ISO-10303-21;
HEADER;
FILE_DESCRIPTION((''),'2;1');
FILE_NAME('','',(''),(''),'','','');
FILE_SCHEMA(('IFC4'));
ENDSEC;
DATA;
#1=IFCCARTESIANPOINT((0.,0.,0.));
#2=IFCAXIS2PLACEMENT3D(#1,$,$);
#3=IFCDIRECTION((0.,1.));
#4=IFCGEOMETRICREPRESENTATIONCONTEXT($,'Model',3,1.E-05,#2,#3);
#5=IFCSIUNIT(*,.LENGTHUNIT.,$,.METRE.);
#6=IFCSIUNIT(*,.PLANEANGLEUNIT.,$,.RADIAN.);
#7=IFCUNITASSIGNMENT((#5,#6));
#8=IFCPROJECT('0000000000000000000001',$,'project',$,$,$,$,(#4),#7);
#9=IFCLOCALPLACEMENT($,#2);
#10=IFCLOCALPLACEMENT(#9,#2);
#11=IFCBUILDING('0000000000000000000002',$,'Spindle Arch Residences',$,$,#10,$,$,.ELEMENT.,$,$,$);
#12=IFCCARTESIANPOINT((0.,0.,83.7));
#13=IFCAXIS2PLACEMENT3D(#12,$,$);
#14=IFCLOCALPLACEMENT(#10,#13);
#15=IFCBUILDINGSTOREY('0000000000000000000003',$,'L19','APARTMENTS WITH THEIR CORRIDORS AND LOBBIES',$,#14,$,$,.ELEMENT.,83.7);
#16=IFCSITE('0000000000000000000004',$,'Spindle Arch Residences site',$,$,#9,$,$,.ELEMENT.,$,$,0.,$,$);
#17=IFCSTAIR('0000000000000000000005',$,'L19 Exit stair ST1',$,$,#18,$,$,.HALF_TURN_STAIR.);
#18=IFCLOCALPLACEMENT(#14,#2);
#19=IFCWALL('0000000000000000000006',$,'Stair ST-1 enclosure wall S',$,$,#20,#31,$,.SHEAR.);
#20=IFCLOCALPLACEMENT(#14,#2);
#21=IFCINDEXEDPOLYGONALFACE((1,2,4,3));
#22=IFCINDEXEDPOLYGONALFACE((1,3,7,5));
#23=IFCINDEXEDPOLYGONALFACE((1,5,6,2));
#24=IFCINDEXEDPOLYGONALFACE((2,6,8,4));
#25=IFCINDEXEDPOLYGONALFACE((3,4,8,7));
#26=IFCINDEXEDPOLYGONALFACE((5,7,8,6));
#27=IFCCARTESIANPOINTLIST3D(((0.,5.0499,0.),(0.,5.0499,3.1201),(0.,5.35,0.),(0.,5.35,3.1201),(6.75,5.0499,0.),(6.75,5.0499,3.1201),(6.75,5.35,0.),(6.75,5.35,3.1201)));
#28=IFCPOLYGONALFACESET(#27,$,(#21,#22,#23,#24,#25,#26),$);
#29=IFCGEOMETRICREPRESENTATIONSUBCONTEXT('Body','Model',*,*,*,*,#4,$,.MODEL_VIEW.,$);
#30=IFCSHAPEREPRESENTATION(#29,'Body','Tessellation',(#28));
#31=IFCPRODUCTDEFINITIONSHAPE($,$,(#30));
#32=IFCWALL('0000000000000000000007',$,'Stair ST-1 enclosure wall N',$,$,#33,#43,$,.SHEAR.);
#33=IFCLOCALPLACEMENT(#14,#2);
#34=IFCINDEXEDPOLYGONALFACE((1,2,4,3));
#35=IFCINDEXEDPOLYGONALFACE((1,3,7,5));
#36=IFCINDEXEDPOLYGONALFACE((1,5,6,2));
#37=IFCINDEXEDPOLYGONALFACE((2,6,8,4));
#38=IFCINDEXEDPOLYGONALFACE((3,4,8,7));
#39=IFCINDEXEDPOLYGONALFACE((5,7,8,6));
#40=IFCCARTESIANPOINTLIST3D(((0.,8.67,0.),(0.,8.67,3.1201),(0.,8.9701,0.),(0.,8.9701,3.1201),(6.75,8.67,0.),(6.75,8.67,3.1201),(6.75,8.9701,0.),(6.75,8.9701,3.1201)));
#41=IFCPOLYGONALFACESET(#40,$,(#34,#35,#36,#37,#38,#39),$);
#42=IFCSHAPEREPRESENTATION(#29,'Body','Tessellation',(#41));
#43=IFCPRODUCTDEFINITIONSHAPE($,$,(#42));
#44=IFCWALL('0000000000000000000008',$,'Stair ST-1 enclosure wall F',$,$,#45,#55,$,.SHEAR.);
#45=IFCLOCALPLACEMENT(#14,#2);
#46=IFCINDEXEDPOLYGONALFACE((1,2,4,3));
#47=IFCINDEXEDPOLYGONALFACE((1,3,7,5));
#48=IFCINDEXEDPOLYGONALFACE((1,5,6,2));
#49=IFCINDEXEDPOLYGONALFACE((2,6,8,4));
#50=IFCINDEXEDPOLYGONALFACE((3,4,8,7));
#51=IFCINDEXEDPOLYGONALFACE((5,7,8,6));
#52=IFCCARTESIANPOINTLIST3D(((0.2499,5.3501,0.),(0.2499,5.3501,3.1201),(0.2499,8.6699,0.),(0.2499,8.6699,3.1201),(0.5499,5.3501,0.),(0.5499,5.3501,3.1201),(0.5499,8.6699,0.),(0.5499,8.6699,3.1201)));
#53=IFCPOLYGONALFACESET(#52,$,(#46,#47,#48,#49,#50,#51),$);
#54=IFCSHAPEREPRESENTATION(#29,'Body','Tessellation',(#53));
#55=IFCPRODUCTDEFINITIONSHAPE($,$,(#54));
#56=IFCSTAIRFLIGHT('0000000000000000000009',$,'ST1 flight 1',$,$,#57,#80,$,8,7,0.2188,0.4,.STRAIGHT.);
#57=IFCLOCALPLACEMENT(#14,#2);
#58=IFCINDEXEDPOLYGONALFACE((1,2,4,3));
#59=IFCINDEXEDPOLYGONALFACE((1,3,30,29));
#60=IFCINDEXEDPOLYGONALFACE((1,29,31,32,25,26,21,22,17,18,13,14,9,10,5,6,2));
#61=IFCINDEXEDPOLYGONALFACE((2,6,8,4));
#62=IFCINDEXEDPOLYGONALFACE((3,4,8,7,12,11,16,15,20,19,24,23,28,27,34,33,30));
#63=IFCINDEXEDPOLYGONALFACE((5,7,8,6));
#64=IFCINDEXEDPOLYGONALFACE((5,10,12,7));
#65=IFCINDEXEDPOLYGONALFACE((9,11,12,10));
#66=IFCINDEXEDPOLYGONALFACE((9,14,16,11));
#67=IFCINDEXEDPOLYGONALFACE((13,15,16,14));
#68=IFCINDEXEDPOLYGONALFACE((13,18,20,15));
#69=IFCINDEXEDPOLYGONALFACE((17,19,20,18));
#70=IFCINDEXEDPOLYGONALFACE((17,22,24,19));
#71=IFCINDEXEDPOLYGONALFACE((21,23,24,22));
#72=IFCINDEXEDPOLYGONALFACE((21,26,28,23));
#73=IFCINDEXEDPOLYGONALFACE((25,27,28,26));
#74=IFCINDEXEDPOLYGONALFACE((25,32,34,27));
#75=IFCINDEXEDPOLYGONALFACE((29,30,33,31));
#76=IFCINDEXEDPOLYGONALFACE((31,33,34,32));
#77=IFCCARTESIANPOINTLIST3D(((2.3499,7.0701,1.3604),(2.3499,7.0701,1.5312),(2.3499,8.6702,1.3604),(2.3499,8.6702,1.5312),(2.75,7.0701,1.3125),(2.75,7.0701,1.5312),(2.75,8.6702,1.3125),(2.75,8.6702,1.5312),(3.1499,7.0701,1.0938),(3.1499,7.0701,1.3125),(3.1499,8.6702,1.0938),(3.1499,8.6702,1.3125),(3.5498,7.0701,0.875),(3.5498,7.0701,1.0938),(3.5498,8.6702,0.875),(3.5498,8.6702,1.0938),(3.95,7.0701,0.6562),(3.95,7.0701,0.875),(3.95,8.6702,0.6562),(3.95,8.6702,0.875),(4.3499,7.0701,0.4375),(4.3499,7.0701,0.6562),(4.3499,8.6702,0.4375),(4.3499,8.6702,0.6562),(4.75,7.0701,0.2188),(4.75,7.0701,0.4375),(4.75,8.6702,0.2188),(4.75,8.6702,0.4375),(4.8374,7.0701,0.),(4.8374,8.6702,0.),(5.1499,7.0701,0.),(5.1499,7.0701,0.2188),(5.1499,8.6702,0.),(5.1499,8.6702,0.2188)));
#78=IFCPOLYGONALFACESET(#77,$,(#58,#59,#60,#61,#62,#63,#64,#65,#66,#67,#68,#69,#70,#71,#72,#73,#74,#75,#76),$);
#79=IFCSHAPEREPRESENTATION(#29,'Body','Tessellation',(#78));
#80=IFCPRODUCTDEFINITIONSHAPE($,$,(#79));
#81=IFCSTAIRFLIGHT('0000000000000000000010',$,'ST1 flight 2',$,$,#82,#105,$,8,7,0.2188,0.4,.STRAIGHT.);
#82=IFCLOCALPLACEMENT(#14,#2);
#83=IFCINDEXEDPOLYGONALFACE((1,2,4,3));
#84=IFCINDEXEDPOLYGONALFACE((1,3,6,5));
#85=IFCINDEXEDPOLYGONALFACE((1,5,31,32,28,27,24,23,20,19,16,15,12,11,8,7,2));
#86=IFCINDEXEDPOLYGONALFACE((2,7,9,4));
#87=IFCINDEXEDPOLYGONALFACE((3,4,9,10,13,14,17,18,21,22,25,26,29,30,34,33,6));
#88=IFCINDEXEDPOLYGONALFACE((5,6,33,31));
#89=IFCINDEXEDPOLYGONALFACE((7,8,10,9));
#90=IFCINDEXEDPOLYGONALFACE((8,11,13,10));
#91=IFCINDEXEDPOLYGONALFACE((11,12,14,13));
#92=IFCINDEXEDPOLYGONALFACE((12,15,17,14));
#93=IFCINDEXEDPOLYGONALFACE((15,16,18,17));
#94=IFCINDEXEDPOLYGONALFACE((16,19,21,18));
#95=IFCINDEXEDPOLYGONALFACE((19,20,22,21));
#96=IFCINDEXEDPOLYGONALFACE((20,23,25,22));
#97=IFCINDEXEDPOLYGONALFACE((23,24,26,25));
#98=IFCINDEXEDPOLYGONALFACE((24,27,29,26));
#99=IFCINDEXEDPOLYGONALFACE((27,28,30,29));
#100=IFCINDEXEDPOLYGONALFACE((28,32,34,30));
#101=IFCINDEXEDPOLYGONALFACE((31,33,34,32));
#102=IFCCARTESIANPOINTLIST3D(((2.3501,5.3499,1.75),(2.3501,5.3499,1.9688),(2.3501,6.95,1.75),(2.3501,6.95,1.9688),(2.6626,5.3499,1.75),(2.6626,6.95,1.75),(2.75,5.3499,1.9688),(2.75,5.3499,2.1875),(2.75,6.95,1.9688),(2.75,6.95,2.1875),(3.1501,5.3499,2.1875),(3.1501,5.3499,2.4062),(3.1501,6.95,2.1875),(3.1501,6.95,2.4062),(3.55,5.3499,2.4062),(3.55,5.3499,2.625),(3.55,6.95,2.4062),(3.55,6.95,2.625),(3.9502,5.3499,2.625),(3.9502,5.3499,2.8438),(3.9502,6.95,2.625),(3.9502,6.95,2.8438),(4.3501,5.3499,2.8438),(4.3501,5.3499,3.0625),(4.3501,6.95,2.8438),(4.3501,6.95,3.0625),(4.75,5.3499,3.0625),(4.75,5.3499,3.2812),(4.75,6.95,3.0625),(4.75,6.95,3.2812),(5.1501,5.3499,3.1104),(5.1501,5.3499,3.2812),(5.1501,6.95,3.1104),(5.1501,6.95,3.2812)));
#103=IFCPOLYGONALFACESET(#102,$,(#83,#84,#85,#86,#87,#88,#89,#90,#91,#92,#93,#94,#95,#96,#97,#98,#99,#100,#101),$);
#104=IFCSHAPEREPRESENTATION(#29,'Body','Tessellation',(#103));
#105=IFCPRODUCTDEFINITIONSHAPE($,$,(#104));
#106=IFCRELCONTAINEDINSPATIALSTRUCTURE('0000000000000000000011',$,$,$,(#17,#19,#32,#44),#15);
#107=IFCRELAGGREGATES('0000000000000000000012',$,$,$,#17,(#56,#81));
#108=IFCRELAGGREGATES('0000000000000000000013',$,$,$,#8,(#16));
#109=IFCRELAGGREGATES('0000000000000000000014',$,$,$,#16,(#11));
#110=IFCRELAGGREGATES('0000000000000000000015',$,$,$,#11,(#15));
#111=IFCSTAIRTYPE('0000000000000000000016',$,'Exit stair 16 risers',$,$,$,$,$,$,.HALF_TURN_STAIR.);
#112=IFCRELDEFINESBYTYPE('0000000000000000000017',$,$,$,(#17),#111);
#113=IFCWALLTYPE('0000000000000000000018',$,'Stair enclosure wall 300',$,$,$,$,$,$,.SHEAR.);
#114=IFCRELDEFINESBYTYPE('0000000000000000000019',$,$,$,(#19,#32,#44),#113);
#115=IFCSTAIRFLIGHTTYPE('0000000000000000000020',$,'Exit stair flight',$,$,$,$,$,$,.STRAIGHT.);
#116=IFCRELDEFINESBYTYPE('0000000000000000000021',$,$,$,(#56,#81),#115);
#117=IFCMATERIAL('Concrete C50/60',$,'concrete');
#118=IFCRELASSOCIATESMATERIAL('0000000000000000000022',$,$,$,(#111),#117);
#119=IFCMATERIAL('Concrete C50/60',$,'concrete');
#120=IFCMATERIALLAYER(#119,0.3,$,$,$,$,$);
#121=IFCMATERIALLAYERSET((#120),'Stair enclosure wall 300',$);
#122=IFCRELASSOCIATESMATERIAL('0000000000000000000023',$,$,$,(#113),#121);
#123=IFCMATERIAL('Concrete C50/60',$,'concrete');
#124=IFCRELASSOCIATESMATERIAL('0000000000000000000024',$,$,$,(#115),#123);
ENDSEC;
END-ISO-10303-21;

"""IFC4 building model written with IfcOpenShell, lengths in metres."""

from ifc_helpers import new_model, si_unit, direction, frame, frame_2d, origin, place, context, subcontext, project, spatial, polyline, rectangle, outline, extrude, material, layer, layer_set, type_object, element, aggregate, save


model = new_model("IFC4")

# Units and contexts
model_context = context("Model", 3, precision=1e-05, world=origin(), true_north=direction((0.0, 1.0)))
body_context = subcontext(model_context, "Body", "Model", "MODEL_VIEW")
ifc_project = project(units=[si_unit("LENGTHUNIT", "METRE"), si_unit("PLANEANGLEUNIT", "RADIAN")], contexts=[model_context])

# Site, building, storey
site_placement = place(None, origin())
site = spatial("IfcSite", under=ifc_project, at=site_placement, Name="Spindle Arch Residences site", CompositionType="ELEMENT", RefElevation=0.0)
building_placement = place(site_placement, origin())
building = spatial("IfcBuilding", under=site, at=building_placement, Name="Spindle Arch Residences", CompositionType="ELEMENT")
storey_placement = place(building_placement, frame((0.0, 0.0, 83.7)))
storey = spatial("IfcBuildingStorey", under=building, at=storey_placement, Name="L19", Description="APARTMENTS WITH THEIR CORRIDORS AND LOBBIES", CompositionType="ELEMENT", Elevation=83.7)

# Stair
ifc_material_1 = material(Name="Concrete C50/60", Category="concrete")
stair_type = type_object("IfcStairType", Name="Exit stair 16 risers", PredefinedType="HALF_TURN_STAIR", material=ifc_material_1)
stair_1_placement = place(storey_placement, origin())
stair_1 = element("IfcStair", 1, at=stair_1_placement, inside=storey, type_object=stair_type, Name="L19 Exit stair ST1", PredefinedType="HALF_TURN_STAIR")

# Walls
ifc_material_2 = material(Name="Concrete C50/60", Category="concrete")
ifc_layer_1 = layer(ifc_material_2, 0.3)
ifc_layer_set_1 = layer_set([ifc_layer_1], Name="Stair enclosure wall 300")
wall_type_1 = type_object("IfcWallType", Name="Stair enclosure wall 300", PredefinedType="SHEAR", material=ifc_layer_set_1)
for number, where, z_axis, x_axis, name in (
    (2, (0.0, 5.2, 0.0), (0.0, 0.0, 1.0), (1.0, 0.0, 0.0), "Stair ST-1 enclosure wall S"),
    (3, (0.0, 8.8201, 0.0), (0.0, 0.0, 1.0), (1.0, 0.0, 0.0), "Stair ST-1 enclosure wall N"),
):
    element("IfcWall", number, at=place(storey_placement, frame(where, z_axis=z_axis, x_axis=x_axis)), inside=storey, type_object=wall_type_1, Name=name, PredefinedType="SHEAR", context=body_context, shape_type="SweptSolid", body=[
        extrude(rectangle(XDim=6.75, YDim=0.3, at=frame_2d((3.375, 0.0))), origin(), (0.0, 0.0, 1.0), 3.1201),
    ])
wall_1_placement = place(storey_placement, frame((0.3999, 5.3501, 0.0), z_axis=(0.0, 0.0, 1.0), x_axis=(0.0, 1.0, 0.0)))
element("IfcWall", 4, at=wall_1_placement, inside=storey, type_object=wall_type_1, Name="Stair ST-1 enclosure wall F", PredefinedType="SHEAR", context=body_context, shape_type="SweptSolid", body=[
    extrude(rectangle(XDim=3.3198, YDim=0.3, at=frame_2d((1.6599, 0.0))), origin(), (0.0, 0.0, 1.0), 3.1201),
])

# Stair flights
ifc_material_3 = material(Name="Concrete C50/60", Category="concrete")
stair_flight_type = type_object("IfcStairFlightType", Name="Exit stair flight", PredefinedType="STRAIGHT", material=ifc_material_3)
stair_flight_1_placement = place(storey_placement, frame((5.1499, 7.8701, 0.0), z_axis=(0.0, 0.0, 1.0), x_axis=(-1.0, 0.0, 0.0)))
stair_flight_1 = element("IfcStairFlight", 5, at=stair_flight_1_placement, type_object=stair_flight_type, Name="ST1 flight 1", NumberOfRisers=8, NumberOfTreads=7, PredefinedType="STRAIGHT", RiserHeight=0.2188, TreadLength=0.4, context=body_context, shape_type="SweptSolid", body=[
    extrude(outline(polyline([(0.0, 0.0), (0.0, 0.2188), (0.3999, 0.2188), (0.3999, 0.4375), (0.8, 0.4375), (0.8, 0.6562), (1.2, 0.6562), (1.2, 0.875), (1.6001, 0.875), (1.6001, 1.0938), (2.0, 1.0938), (2.0, 1.3125), (2.3999, 1.3125), (2.3999, 1.5312), (2.8, 1.5312), (2.8, 1.75), (2.8, 1.3604), (0.3125, 0.0), (0.0, 0.0)])), frame((0.0, 0.8, 0.0), z_axis=(0.0, -1.0, 0.0), x_axis=(1.0, 0.0, 0.0)), (0.0, 0.0, 1.0), 1.6001),
])
stair_flight_2_placement = place(storey_placement, frame((2.3501, 6.1499, 1.75), z_axis=(0.0, 0.0, 1.0), x_axis=(1.0, 0.0, 0.0)))
stair_flight_2 = element("IfcStairFlight", 6, at=stair_flight_2_placement, type_object=stair_flight_type, Name="ST1 flight 2", NumberOfRisers=8, NumberOfTreads=7, PredefinedType="STRAIGHT", RiserHeight=0.2188, TreadLength=0.4, context=body_context, shape_type="SweptSolid", body=[
    extrude(outline(polyline([(0.0, 0.0), (0.0, 0.2188), (0.3999, 0.2188), (0.3999, 0.4375), (0.8, 0.4375), (0.8, 0.6562), (1.2, 0.6562), (1.2, 0.875), (1.6001, 0.875), (1.6001, 1.0938), (2.0, 1.0938), (2.0, 1.3125), (2.3999, 1.3125), (2.3999, 1.5312), (2.8, 1.5312), (2.8, 1.75), (2.8, 1.3604), (0.3125, 0.0), (0.0, 0.0)])), frame((0.0, 0.8, 0.0), z_axis=(0.0, -1.0, 0.0), x_axis=(1.0, 0.0, 0.0)), (0.0, 0.0, 1.0), 1.6001),
])
aggregate(stair_1, [stair_flight_1, stair_flight_2])

save(model, "model.ifc")
